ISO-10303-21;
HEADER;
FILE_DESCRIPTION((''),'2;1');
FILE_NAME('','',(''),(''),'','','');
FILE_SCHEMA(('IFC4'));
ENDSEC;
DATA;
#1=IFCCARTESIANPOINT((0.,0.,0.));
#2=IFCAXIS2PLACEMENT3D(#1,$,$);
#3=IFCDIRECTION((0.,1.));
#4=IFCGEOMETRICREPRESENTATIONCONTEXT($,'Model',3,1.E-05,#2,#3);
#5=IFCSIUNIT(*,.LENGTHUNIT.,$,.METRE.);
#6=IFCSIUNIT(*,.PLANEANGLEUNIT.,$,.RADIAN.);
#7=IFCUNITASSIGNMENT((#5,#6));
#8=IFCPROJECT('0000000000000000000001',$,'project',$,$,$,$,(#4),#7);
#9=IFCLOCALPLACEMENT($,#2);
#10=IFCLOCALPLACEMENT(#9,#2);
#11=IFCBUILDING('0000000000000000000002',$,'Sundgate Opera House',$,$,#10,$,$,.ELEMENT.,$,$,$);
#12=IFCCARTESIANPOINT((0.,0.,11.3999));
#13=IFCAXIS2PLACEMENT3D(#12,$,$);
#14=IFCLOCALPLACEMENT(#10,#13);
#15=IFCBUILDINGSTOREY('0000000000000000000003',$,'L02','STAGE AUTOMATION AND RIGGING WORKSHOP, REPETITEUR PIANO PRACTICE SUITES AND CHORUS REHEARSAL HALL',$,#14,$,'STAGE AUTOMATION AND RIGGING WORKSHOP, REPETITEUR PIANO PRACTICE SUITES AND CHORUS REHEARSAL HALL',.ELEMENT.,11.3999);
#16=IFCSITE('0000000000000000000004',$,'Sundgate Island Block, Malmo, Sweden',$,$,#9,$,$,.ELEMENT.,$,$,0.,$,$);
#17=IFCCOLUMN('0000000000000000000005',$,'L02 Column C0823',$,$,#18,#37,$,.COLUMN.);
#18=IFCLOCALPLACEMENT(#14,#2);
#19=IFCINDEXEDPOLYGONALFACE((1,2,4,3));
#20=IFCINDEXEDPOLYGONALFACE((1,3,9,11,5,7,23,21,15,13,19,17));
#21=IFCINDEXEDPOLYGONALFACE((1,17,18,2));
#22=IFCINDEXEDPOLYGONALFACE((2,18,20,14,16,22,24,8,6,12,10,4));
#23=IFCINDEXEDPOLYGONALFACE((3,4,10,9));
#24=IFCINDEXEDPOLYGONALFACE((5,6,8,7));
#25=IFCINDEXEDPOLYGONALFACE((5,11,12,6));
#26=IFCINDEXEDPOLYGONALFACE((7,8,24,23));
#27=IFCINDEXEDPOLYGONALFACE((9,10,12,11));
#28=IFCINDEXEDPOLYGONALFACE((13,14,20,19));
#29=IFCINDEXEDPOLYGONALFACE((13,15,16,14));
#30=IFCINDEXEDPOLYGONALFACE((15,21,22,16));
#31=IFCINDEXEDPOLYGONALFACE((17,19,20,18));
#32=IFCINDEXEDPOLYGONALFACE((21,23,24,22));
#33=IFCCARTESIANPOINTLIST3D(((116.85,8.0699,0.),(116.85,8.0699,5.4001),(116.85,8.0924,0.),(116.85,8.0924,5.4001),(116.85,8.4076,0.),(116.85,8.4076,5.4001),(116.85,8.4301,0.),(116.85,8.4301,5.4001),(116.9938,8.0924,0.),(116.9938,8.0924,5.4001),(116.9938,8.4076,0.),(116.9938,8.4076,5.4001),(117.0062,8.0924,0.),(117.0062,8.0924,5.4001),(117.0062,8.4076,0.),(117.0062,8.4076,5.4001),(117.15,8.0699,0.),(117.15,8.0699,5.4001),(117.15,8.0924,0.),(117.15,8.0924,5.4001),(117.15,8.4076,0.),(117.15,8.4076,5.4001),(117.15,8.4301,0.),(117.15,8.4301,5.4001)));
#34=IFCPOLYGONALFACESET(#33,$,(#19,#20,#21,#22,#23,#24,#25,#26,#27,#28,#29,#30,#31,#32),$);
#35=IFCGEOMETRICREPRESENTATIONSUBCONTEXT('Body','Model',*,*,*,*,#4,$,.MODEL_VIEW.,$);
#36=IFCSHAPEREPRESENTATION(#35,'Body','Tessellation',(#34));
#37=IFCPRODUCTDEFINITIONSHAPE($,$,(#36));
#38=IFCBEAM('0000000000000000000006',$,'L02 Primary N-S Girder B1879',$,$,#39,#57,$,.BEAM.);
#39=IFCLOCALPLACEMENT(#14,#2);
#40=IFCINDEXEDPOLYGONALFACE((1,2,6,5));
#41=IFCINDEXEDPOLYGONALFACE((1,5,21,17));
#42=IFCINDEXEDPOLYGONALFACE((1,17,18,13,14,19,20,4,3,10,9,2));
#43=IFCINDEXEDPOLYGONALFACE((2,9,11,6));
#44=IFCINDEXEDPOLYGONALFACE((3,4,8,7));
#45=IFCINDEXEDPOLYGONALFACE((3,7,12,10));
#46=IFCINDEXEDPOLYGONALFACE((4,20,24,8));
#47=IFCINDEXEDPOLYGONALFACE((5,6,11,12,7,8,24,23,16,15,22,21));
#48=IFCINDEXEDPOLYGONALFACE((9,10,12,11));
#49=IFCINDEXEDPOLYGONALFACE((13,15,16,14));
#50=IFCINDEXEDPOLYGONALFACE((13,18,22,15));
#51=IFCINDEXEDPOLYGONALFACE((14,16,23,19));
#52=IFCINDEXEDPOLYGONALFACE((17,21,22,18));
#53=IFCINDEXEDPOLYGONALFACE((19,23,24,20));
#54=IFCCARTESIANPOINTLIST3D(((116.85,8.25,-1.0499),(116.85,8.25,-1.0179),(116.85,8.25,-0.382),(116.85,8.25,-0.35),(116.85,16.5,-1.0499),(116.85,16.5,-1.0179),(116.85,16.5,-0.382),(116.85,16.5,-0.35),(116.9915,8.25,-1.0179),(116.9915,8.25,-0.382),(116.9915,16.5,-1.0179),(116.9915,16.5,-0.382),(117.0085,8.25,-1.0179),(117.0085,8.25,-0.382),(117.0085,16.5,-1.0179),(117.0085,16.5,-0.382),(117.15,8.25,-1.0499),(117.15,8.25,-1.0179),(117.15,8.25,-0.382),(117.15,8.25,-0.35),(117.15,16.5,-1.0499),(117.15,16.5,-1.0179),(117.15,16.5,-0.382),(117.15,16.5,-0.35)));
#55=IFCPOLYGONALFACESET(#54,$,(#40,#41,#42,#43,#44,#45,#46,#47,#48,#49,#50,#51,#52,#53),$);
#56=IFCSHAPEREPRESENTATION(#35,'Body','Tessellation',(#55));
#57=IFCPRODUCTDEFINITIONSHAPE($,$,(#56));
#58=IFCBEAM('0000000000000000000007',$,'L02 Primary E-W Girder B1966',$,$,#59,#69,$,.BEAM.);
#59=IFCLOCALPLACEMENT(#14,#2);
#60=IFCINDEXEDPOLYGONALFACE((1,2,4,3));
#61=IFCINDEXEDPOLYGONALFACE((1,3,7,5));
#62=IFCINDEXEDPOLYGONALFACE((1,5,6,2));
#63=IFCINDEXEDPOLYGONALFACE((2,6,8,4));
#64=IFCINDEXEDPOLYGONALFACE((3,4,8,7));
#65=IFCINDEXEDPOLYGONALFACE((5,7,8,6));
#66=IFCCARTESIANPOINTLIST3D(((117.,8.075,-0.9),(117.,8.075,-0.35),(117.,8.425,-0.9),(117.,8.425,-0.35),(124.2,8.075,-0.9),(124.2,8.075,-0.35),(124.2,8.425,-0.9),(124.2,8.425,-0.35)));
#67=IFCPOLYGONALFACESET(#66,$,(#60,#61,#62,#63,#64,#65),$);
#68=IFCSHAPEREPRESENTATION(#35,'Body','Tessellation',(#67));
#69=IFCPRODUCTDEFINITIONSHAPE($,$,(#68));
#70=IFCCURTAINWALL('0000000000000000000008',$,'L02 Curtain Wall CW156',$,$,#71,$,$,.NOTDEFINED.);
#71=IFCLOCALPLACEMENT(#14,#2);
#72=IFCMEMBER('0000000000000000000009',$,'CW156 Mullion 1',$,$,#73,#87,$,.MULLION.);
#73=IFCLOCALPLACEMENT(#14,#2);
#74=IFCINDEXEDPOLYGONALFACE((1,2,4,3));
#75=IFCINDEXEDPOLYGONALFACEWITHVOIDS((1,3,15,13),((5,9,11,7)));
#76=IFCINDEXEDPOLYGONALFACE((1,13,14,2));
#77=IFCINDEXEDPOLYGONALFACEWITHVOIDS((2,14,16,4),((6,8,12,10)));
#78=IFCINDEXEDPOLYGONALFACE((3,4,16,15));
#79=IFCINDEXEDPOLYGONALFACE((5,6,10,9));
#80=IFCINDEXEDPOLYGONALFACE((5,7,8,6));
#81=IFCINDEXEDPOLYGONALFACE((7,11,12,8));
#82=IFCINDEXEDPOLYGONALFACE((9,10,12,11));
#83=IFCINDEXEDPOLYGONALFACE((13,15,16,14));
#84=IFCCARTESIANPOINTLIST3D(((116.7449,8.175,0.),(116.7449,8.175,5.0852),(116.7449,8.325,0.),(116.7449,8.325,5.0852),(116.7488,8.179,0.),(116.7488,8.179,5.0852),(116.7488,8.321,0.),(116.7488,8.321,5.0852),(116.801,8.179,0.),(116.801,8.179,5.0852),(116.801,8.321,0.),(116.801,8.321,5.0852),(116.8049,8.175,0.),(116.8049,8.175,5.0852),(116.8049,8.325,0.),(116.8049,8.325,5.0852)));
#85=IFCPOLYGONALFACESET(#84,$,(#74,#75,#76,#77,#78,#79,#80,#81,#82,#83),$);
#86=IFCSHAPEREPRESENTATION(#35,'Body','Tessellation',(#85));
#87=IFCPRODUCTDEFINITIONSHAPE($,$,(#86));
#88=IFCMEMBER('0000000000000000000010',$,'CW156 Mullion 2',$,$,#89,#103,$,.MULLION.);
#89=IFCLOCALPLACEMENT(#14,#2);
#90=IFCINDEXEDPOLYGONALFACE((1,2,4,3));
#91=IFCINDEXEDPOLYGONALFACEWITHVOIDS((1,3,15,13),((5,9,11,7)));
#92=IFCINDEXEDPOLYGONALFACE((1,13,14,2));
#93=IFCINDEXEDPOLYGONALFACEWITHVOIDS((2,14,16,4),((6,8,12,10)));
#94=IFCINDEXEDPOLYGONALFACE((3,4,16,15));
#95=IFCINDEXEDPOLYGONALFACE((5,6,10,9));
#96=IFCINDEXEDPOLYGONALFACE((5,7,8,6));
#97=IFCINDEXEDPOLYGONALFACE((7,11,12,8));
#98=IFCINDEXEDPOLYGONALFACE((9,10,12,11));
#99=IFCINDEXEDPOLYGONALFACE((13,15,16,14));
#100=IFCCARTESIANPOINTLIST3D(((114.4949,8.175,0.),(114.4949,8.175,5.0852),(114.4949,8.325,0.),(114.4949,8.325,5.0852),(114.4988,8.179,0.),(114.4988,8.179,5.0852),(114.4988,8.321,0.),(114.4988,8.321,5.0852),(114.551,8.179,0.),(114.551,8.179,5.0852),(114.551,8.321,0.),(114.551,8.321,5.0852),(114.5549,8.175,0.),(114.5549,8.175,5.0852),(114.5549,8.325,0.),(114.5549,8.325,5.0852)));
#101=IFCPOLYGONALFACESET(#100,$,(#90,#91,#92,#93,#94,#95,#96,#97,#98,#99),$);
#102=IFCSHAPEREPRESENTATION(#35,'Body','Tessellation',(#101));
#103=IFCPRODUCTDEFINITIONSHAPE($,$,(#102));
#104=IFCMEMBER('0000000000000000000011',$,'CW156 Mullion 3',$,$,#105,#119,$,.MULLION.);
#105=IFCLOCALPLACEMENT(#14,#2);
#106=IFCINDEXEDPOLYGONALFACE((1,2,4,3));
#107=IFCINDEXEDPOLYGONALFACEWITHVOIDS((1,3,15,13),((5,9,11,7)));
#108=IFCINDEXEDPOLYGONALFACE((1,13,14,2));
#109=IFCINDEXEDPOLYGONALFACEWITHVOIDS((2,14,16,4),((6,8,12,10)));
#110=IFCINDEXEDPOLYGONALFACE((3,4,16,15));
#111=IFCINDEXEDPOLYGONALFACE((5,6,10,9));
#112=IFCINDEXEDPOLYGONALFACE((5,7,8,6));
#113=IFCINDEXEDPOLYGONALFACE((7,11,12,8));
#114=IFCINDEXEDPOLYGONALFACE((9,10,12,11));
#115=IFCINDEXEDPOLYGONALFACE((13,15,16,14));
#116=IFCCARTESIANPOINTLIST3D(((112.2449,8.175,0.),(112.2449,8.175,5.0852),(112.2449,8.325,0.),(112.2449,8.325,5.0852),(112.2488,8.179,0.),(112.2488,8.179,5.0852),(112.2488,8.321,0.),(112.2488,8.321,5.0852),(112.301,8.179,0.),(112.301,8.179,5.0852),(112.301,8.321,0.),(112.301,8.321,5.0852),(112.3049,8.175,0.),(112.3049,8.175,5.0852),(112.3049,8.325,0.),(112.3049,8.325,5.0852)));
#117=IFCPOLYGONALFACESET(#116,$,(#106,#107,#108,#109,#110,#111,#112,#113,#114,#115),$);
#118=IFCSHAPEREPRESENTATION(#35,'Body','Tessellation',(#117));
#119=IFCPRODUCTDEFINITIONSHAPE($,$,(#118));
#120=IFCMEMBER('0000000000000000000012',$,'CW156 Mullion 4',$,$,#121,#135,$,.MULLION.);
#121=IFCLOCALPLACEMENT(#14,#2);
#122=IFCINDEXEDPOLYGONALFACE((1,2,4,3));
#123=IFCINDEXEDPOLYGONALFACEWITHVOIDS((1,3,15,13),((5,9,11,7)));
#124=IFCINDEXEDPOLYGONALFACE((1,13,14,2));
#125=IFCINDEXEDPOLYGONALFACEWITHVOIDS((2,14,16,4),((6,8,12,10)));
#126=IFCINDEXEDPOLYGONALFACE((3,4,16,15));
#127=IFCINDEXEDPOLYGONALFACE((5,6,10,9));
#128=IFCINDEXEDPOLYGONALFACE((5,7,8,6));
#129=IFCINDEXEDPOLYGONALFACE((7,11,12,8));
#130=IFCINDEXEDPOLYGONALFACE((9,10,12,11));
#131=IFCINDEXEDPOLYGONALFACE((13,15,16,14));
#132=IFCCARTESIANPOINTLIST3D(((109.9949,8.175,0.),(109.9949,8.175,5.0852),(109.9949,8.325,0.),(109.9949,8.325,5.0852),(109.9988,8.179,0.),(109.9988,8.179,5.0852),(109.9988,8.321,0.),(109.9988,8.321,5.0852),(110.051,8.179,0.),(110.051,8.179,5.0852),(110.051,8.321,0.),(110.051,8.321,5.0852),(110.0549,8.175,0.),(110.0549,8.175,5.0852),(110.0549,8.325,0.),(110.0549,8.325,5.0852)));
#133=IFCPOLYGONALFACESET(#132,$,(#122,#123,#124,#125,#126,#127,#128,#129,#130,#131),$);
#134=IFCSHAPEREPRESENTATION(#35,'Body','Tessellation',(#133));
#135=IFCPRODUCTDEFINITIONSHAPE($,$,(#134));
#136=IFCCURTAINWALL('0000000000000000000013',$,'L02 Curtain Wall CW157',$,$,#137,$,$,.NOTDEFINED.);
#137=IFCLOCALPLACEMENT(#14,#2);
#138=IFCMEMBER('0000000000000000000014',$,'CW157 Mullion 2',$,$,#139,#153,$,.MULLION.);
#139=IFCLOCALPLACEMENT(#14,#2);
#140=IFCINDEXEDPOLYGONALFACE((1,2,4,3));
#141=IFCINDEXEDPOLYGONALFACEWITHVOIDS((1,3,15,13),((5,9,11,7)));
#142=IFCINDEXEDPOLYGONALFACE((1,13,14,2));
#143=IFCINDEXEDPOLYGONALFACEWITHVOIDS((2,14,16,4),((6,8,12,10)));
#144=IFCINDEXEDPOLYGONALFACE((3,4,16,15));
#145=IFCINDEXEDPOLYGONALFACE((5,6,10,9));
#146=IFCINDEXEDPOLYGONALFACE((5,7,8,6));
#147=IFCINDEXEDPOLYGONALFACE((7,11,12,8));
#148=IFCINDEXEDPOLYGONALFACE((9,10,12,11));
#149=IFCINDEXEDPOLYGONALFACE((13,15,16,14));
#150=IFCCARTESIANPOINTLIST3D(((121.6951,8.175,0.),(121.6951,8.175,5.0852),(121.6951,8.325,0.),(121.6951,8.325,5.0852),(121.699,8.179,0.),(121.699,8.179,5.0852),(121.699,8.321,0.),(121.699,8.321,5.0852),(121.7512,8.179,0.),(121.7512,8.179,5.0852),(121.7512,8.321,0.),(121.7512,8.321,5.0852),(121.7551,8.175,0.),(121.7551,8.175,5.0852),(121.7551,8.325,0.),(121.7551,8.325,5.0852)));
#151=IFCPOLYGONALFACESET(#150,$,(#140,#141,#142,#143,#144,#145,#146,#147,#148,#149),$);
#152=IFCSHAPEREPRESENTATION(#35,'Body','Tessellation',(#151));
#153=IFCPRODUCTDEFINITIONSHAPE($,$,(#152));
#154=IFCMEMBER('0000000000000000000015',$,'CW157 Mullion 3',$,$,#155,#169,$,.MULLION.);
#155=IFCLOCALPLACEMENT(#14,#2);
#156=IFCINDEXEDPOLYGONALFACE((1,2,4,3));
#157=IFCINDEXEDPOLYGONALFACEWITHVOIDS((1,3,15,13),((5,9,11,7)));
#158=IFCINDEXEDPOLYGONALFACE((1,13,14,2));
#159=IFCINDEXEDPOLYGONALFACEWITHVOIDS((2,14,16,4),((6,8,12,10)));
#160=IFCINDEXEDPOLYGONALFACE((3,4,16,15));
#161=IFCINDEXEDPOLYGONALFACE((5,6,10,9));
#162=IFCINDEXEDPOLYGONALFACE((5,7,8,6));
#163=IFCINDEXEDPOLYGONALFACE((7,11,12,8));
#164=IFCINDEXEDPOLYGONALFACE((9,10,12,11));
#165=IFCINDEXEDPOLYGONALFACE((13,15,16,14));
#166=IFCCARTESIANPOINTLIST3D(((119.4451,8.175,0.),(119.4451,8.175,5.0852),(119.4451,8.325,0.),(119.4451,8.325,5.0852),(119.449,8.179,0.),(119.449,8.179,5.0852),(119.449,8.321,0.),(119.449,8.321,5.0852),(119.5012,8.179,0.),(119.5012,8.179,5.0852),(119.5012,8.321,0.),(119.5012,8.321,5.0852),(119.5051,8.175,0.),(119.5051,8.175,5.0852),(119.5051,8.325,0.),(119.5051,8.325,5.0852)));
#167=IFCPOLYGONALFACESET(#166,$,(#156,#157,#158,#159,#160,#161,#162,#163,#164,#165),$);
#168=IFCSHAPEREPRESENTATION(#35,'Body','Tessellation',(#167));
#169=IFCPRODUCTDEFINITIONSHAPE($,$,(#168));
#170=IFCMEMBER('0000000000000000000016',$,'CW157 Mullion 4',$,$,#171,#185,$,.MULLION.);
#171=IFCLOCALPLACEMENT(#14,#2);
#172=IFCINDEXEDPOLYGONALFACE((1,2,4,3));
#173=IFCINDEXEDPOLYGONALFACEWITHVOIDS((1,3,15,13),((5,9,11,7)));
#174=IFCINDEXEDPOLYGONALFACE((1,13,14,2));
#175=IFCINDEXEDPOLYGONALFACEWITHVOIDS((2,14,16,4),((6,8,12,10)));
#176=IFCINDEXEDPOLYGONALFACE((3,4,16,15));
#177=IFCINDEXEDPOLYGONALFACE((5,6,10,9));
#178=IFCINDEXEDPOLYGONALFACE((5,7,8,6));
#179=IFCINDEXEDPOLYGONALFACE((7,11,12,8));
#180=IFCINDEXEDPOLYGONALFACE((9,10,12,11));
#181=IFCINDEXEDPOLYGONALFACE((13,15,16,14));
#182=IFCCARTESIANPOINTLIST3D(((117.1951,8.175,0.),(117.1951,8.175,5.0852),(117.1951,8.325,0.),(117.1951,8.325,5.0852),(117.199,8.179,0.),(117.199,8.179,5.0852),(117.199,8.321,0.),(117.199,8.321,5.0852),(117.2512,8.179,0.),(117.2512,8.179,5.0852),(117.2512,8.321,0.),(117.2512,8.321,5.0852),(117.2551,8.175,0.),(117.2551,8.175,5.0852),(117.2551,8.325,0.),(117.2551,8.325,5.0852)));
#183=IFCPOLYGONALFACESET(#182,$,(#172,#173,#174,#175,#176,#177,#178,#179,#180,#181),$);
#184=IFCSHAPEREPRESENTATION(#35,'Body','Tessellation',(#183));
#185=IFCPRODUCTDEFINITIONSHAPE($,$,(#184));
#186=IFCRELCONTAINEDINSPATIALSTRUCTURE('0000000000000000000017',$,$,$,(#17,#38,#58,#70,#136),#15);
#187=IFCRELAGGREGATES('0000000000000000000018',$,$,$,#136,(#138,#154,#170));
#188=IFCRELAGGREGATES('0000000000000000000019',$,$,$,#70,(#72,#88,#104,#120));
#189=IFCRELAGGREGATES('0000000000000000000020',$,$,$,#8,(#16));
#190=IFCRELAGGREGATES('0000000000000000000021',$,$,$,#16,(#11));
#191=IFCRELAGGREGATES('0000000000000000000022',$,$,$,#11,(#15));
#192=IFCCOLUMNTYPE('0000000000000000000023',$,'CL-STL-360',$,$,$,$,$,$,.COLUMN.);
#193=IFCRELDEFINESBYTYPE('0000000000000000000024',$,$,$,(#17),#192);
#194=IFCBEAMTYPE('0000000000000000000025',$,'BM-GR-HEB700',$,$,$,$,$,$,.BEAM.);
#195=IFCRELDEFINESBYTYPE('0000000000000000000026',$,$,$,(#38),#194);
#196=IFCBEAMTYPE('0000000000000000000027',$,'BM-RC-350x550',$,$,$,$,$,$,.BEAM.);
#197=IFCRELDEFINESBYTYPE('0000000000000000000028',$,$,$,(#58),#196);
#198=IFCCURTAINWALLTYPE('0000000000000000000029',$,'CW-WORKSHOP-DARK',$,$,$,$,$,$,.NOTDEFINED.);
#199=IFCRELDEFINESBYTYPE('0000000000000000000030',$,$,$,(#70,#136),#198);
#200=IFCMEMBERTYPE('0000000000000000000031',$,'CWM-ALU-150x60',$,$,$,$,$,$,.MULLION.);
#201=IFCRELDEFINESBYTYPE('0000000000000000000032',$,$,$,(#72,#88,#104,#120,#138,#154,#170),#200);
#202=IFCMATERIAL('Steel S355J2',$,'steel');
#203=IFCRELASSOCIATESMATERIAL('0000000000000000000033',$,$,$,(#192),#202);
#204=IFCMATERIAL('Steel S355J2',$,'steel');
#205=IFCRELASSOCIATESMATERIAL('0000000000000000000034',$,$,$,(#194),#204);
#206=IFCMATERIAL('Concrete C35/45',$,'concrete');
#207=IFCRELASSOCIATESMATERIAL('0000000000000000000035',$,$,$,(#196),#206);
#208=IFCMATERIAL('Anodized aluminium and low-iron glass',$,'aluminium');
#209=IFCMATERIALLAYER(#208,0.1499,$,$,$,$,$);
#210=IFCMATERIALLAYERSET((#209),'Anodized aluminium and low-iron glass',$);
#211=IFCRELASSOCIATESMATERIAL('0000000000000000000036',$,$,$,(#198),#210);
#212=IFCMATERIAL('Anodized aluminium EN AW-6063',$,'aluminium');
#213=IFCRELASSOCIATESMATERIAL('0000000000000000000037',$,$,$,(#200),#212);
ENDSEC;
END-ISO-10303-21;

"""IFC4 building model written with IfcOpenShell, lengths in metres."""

from ifc_helpers import new_model, si_unit, direction, frame, origin, origin_2d, place, context, subcontext, project, spatial, rectangle, hollow_rectangle, i_section, extrude, material, layer, layer_set, material_profile, profile_set, type_object, element, aggregate, save


model = new_model("IFC4")

# Units and contexts
model_context = context("Model", 3, precision=1e-05, world=origin(), true_north=direction((0.0, 1.0)))
body_context = subcontext(model_context, "Body", "Model", "MODEL_VIEW")
ifc_project = project(units=[si_unit("LENGTHUNIT", "METRE"), si_unit("PLANEANGLEUNIT", "RADIAN")], contexts=[model_context])

# Site, building, storey
site_placement = place(None, origin())
site = spatial("IfcSite", under=ifc_project, at=site_placement, Name="Sundgate Island Block, Malmo, Sweden", CompositionType="ELEMENT", RefElevation=0.0)
building_placement = place(site_placement, origin())
building = spatial("IfcBuilding", under=site, at=building_placement, Name="Sundgate Opera House", CompositionType="ELEMENT")
storey_placement = place(building_placement, frame((0.0, 0.0, 11.3999)))
storey = spatial("IfcBuildingStorey", under=building, at=storey_placement, Name="L02", Description="STAGE AUTOMATION AND RIGGING WORKSHOP, REPETITEUR PIANO PRACTICE SUITES AND CHORUS REHEARSAL HALL", LongName="STAGE AUTOMATION AND RIGGING WORKSHOP, REPETITEUR PIANO PRACTICE SUITES AND CHORUS REHEARSAL HALL", CompositionType="ELEMENT", Elevation=11.3999)

# Column
ifc_material_1 = material(Name="Steel S355J2", Category="steel")
ifc_material_profile_1 = material_profile(ifc_material_1, i_section(OverallWidth=0.3, OverallDepth=0.3601, WebThickness=0.0125, FlangeThickness=0.0225, at=origin_2d()), Name="HEB 360")
ifc_profile_set_1 = profile_set([ifc_material_profile_1], Name="Steel S355J2")
column_type = type_object("IfcColumnType", Name="CL-STL-360", PredefinedType="COLUMN", material=ifc_profile_set_1)
column_placement = place(storey_placement, frame((117.0, 8.25, 0.0), z_axis=(0.0, 0.0, 1.0), x_axis=(1.0, 0.0, 0.0)))
element("IfcColumn", 1, at=column_placement, inside=storey, type_object=column_type, Name="L02 Column C0823", PredefinedType="COLUMN", context=body_context, shape_type="SweptSolid", body=[
    extrude(i_section(OverallWidth=0.3, OverallDepth=0.3601, WebThickness=0.0125, FlangeThickness=0.0225, at=origin_2d()), origin(), (0.0, 0.0, 1.0), 5.4001),
])

# Beams
ifc_material_2 = material(Name="Steel S355J2", Category="steel")
ifc_material_profile_2 = material_profile(ifc_material_2, i_section(OverallWidth=0.3, OverallDepth=0.7, WebThickness=0.0171, FlangeThickness=0.032, at=origin_2d()), Name="HEB 700")
ifc_profile_set_2 = profile_set([ifc_material_profile_2], Name="Steel S355J2")
beam_type_1 = type_object("IfcBeamType", Name="BM-GR-HEB700", PredefinedType="BEAM", material=ifc_profile_set_2)
beam_1_placement = place(storey_placement, frame((117.0, 8.25, -0.7), z_axis=(0.0, 1.0, 0.0), x_axis=(-1.0, 0.0, 0.0)))
element("IfcBeam", 2, at=beam_1_placement, inside=storey, type_object=beam_type_1, Name="L02 Primary N-S Girder B1879", PredefinedType="BEAM", context=body_context, shape_type="SweptSolid", body=[
    extrude(i_section(OverallWidth=0.3, OverallDepth=0.7, WebThickness=0.0171, FlangeThickness=0.032, at=origin_2d()), origin(), (0.0, 0.0, 1.0), 8.25),
])
ifc_material_3 = material(Name="Concrete C35/45", Category="concrete")
ifc_material_profile_3 = material_profile(ifc_material_3, rectangle(XDim=0.3501, YDim=0.55, at=origin_2d()), Name="RC 350x550")
ifc_profile_set_3 = profile_set([ifc_material_profile_3], Name="Concrete C35/45")
beam_type_2 = type_object("IfcBeamType", Name="BM-RC-350x550", PredefinedType="BEAM", material=ifc_profile_set_3)
beam_2_placement = place(storey_placement, frame((117.0, 8.25, -0.625), z_axis=(1.0, 0.0, 0.0), x_axis=(0.0, 1.0, 0.0)))
element("IfcBeam", 3, at=beam_2_placement, inside=storey, type_object=beam_type_2, Name="L02 Primary E-W Girder B1966", PredefinedType="BEAM", context=body_context, shape_type="SweptSolid", body=[
    extrude(rectangle(XDim=0.3501, YDim=0.55, at=origin_2d()), origin(), (0.0, 0.0, 1.0), 7.2),
])

# Curtain walls, members
ifc_material_4 = material(Name="Anodized aluminium and low-iron glass", Category="aluminium")
ifc_layer_1 = layer(ifc_material_4, 0.1499)
ifc_layer_set_1 = layer_set([ifc_layer_1], Name="Anodized aluminium and low-iron glass")
curtain_wall_type = type_object("IfcCurtainWallType", Name="CW-WORKSHOP-DARK", PredefinedType="NOTDEFINED", material=ifc_layer_set_1)
curtain_wall_1_placement = place(storey_placement, origin())
curtain_wall_1 = element("IfcCurtainWall", 4, at=curtain_wall_1_placement, inside=storey, type_object=curtain_wall_type, Name="L02 Curtain Wall CW156", PredefinedType="NOTDEFINED")
ifc_material_5 = material(Name="Anodized aluminium EN AW-6063", Category="aluminium")
ifc_material_profile_4 = material_profile(ifc_material_5, hollow_rectangle(XDim=0.0601, YDim=0.1499, WallThickness=0.0039, at=origin_2d()), Name="CWM 150x60x4")
ifc_profile_set_4 = profile_set([ifc_material_profile_4], Name="Anodized aluminium EN AW-6063")
member_type_1 = type_object("IfcMemberType", Name="CWM-ALU-150x60", PredefinedType="MULLION", material=ifc_profile_set_4)
member_1_placement = place(storey_placement, frame((116.7749, 8.25, 0.0), z_axis=(0.0, 0.0, 1.0), x_axis=(1.0, 0.0, 0.0)))
member_1 = element("IfcMember", 5, at=member_1_placement, type_object=member_type_1, Name="CW156 Mullion 1", PredefinedType="MULLION", context=body_context, shape_type="SweptSolid", body=[
    extrude(hollow_rectangle(XDim=0.0601, YDim=0.1499, WallThickness=0.0039, at=origin_2d()), origin(), (0.0, 0.0, 1.0), 5.0852),
])
member_2_placement = place(storey_placement, frame((114.5249, 8.25, 0.0), z_axis=(0.0, 0.0, 1.0), x_axis=(1.0, 0.0, 0.0)))
member_2 = element("IfcMember", 6, at=member_2_placement, type_object=member_type_1, Name="CW156 Mullion 2", PredefinedType="MULLION", context=body_context, shape_type="SweptSolid", body=[
    extrude(hollow_rectangle(XDim=0.0601, YDim=0.1499, WallThickness=0.0039, at=origin_2d()), origin(), (0.0, 0.0, 1.0), 5.0852),
])
member_3_placement = place(storey_placement, frame((112.2749, 8.25, 0.0), z_axis=(0.0, 0.0, 1.0), x_axis=(1.0, 0.0, 0.0)))
member_3 = element("IfcMember", 7, at=member_3_placement, type_object=member_type_1, Name="CW156 Mullion 3", PredefinedType="MULLION", context=body_context, shape_type="SweptSolid", body=[
    extrude(hollow_rectangle(XDim=0.0601, YDim=0.1499, WallThickness=0.0039, at=origin_2d()), origin(), (0.0, 0.0, 1.0), 5.0852),
])
member_4_placement = place(storey_placement, frame((110.0249, 8.25, 0.0), z_axis=(0.0, 0.0, 1.0), x_axis=(1.0, 0.0, 0.0)))
member_4 = element("IfcMember", 8, at=member_4_placement, type_object=member_type_1, Name="CW156 Mullion 4", PredefinedType="MULLION", context=body_context, shape_type="SweptSolid", body=[
    extrude(hollow_rectangle(XDim=0.0601, YDim=0.1499, WallThickness=0.0039, at=origin_2d()), origin(), (0.0, 0.0, 1.0), 5.0852),
])
curtain_wall_2_placement = place(storey_placement, origin())
curtain_wall_2 = element("IfcCurtainWall", 9, at=curtain_wall_2_placement, inside=storey, type_object=curtain_wall_type, Name="L02 Curtain Wall CW157", PredefinedType="NOTDEFINED")
member_5_placement = place(storey_placement, frame((121.7251, 8.25, 0.0), z_axis=(0.0, 0.0, 1.0), x_axis=(1.0, 0.0, 0.0)))
member_5 = element("IfcMember", 10, at=member_5_placement, type_object=member_type_1, Name="CW157 Mullion 2", PredefinedType="MULLION", context=body_context, shape_type="SweptSolid", body=[
    extrude(hollow_rectangle(XDim=0.0601, YDim=0.1499, WallThickness=0.0039, at=origin_2d()), origin(), (0.0, 0.0, 1.0), 5.0852),
])
member_6_placement = place(storey_placement, frame((119.4751, 8.25, 0.0), z_axis=(0.0, 0.0, 1.0), x_axis=(1.0, 0.0, 0.0)))
member_6 = element("IfcMember", 11, at=member_6_placement, type_object=member_type_1, Name="CW157 Mullion 3", PredefinedType="MULLION", context=body_context, shape_type="SweptSolid", body=[
    extrude(hollow_rectangle(XDim=0.0601, YDim=0.1499, WallThickness=0.0039, at=origin_2d()), origin(), (0.0, 0.0, 1.0), 5.0852),
])
member_7_placement = place(storey_placement, frame((117.2251, 8.25, 0.0), z_axis=(0.0, 0.0, 1.0), x_axis=(1.0, 0.0, 0.0)))
member_7 = element("IfcMember", 12, at=member_7_placement, type_object=member_type_1, Name="CW157 Mullion 4", PredefinedType="MULLION", context=body_context, shape_type="SweptSolid", body=[
    extrude(hollow_rectangle(XDim=0.0601, YDim=0.1499, WallThickness=0.0039, at=origin_2d()), origin(), (0.0, 0.0, 1.0), 5.0852),
])

aggregate(curtain_wall_2, [member_5, member_6, member_7])
aggregate(curtain_wall_1, [member_1, member_2, member_3, member_4])

save(model, "model.ifc")
